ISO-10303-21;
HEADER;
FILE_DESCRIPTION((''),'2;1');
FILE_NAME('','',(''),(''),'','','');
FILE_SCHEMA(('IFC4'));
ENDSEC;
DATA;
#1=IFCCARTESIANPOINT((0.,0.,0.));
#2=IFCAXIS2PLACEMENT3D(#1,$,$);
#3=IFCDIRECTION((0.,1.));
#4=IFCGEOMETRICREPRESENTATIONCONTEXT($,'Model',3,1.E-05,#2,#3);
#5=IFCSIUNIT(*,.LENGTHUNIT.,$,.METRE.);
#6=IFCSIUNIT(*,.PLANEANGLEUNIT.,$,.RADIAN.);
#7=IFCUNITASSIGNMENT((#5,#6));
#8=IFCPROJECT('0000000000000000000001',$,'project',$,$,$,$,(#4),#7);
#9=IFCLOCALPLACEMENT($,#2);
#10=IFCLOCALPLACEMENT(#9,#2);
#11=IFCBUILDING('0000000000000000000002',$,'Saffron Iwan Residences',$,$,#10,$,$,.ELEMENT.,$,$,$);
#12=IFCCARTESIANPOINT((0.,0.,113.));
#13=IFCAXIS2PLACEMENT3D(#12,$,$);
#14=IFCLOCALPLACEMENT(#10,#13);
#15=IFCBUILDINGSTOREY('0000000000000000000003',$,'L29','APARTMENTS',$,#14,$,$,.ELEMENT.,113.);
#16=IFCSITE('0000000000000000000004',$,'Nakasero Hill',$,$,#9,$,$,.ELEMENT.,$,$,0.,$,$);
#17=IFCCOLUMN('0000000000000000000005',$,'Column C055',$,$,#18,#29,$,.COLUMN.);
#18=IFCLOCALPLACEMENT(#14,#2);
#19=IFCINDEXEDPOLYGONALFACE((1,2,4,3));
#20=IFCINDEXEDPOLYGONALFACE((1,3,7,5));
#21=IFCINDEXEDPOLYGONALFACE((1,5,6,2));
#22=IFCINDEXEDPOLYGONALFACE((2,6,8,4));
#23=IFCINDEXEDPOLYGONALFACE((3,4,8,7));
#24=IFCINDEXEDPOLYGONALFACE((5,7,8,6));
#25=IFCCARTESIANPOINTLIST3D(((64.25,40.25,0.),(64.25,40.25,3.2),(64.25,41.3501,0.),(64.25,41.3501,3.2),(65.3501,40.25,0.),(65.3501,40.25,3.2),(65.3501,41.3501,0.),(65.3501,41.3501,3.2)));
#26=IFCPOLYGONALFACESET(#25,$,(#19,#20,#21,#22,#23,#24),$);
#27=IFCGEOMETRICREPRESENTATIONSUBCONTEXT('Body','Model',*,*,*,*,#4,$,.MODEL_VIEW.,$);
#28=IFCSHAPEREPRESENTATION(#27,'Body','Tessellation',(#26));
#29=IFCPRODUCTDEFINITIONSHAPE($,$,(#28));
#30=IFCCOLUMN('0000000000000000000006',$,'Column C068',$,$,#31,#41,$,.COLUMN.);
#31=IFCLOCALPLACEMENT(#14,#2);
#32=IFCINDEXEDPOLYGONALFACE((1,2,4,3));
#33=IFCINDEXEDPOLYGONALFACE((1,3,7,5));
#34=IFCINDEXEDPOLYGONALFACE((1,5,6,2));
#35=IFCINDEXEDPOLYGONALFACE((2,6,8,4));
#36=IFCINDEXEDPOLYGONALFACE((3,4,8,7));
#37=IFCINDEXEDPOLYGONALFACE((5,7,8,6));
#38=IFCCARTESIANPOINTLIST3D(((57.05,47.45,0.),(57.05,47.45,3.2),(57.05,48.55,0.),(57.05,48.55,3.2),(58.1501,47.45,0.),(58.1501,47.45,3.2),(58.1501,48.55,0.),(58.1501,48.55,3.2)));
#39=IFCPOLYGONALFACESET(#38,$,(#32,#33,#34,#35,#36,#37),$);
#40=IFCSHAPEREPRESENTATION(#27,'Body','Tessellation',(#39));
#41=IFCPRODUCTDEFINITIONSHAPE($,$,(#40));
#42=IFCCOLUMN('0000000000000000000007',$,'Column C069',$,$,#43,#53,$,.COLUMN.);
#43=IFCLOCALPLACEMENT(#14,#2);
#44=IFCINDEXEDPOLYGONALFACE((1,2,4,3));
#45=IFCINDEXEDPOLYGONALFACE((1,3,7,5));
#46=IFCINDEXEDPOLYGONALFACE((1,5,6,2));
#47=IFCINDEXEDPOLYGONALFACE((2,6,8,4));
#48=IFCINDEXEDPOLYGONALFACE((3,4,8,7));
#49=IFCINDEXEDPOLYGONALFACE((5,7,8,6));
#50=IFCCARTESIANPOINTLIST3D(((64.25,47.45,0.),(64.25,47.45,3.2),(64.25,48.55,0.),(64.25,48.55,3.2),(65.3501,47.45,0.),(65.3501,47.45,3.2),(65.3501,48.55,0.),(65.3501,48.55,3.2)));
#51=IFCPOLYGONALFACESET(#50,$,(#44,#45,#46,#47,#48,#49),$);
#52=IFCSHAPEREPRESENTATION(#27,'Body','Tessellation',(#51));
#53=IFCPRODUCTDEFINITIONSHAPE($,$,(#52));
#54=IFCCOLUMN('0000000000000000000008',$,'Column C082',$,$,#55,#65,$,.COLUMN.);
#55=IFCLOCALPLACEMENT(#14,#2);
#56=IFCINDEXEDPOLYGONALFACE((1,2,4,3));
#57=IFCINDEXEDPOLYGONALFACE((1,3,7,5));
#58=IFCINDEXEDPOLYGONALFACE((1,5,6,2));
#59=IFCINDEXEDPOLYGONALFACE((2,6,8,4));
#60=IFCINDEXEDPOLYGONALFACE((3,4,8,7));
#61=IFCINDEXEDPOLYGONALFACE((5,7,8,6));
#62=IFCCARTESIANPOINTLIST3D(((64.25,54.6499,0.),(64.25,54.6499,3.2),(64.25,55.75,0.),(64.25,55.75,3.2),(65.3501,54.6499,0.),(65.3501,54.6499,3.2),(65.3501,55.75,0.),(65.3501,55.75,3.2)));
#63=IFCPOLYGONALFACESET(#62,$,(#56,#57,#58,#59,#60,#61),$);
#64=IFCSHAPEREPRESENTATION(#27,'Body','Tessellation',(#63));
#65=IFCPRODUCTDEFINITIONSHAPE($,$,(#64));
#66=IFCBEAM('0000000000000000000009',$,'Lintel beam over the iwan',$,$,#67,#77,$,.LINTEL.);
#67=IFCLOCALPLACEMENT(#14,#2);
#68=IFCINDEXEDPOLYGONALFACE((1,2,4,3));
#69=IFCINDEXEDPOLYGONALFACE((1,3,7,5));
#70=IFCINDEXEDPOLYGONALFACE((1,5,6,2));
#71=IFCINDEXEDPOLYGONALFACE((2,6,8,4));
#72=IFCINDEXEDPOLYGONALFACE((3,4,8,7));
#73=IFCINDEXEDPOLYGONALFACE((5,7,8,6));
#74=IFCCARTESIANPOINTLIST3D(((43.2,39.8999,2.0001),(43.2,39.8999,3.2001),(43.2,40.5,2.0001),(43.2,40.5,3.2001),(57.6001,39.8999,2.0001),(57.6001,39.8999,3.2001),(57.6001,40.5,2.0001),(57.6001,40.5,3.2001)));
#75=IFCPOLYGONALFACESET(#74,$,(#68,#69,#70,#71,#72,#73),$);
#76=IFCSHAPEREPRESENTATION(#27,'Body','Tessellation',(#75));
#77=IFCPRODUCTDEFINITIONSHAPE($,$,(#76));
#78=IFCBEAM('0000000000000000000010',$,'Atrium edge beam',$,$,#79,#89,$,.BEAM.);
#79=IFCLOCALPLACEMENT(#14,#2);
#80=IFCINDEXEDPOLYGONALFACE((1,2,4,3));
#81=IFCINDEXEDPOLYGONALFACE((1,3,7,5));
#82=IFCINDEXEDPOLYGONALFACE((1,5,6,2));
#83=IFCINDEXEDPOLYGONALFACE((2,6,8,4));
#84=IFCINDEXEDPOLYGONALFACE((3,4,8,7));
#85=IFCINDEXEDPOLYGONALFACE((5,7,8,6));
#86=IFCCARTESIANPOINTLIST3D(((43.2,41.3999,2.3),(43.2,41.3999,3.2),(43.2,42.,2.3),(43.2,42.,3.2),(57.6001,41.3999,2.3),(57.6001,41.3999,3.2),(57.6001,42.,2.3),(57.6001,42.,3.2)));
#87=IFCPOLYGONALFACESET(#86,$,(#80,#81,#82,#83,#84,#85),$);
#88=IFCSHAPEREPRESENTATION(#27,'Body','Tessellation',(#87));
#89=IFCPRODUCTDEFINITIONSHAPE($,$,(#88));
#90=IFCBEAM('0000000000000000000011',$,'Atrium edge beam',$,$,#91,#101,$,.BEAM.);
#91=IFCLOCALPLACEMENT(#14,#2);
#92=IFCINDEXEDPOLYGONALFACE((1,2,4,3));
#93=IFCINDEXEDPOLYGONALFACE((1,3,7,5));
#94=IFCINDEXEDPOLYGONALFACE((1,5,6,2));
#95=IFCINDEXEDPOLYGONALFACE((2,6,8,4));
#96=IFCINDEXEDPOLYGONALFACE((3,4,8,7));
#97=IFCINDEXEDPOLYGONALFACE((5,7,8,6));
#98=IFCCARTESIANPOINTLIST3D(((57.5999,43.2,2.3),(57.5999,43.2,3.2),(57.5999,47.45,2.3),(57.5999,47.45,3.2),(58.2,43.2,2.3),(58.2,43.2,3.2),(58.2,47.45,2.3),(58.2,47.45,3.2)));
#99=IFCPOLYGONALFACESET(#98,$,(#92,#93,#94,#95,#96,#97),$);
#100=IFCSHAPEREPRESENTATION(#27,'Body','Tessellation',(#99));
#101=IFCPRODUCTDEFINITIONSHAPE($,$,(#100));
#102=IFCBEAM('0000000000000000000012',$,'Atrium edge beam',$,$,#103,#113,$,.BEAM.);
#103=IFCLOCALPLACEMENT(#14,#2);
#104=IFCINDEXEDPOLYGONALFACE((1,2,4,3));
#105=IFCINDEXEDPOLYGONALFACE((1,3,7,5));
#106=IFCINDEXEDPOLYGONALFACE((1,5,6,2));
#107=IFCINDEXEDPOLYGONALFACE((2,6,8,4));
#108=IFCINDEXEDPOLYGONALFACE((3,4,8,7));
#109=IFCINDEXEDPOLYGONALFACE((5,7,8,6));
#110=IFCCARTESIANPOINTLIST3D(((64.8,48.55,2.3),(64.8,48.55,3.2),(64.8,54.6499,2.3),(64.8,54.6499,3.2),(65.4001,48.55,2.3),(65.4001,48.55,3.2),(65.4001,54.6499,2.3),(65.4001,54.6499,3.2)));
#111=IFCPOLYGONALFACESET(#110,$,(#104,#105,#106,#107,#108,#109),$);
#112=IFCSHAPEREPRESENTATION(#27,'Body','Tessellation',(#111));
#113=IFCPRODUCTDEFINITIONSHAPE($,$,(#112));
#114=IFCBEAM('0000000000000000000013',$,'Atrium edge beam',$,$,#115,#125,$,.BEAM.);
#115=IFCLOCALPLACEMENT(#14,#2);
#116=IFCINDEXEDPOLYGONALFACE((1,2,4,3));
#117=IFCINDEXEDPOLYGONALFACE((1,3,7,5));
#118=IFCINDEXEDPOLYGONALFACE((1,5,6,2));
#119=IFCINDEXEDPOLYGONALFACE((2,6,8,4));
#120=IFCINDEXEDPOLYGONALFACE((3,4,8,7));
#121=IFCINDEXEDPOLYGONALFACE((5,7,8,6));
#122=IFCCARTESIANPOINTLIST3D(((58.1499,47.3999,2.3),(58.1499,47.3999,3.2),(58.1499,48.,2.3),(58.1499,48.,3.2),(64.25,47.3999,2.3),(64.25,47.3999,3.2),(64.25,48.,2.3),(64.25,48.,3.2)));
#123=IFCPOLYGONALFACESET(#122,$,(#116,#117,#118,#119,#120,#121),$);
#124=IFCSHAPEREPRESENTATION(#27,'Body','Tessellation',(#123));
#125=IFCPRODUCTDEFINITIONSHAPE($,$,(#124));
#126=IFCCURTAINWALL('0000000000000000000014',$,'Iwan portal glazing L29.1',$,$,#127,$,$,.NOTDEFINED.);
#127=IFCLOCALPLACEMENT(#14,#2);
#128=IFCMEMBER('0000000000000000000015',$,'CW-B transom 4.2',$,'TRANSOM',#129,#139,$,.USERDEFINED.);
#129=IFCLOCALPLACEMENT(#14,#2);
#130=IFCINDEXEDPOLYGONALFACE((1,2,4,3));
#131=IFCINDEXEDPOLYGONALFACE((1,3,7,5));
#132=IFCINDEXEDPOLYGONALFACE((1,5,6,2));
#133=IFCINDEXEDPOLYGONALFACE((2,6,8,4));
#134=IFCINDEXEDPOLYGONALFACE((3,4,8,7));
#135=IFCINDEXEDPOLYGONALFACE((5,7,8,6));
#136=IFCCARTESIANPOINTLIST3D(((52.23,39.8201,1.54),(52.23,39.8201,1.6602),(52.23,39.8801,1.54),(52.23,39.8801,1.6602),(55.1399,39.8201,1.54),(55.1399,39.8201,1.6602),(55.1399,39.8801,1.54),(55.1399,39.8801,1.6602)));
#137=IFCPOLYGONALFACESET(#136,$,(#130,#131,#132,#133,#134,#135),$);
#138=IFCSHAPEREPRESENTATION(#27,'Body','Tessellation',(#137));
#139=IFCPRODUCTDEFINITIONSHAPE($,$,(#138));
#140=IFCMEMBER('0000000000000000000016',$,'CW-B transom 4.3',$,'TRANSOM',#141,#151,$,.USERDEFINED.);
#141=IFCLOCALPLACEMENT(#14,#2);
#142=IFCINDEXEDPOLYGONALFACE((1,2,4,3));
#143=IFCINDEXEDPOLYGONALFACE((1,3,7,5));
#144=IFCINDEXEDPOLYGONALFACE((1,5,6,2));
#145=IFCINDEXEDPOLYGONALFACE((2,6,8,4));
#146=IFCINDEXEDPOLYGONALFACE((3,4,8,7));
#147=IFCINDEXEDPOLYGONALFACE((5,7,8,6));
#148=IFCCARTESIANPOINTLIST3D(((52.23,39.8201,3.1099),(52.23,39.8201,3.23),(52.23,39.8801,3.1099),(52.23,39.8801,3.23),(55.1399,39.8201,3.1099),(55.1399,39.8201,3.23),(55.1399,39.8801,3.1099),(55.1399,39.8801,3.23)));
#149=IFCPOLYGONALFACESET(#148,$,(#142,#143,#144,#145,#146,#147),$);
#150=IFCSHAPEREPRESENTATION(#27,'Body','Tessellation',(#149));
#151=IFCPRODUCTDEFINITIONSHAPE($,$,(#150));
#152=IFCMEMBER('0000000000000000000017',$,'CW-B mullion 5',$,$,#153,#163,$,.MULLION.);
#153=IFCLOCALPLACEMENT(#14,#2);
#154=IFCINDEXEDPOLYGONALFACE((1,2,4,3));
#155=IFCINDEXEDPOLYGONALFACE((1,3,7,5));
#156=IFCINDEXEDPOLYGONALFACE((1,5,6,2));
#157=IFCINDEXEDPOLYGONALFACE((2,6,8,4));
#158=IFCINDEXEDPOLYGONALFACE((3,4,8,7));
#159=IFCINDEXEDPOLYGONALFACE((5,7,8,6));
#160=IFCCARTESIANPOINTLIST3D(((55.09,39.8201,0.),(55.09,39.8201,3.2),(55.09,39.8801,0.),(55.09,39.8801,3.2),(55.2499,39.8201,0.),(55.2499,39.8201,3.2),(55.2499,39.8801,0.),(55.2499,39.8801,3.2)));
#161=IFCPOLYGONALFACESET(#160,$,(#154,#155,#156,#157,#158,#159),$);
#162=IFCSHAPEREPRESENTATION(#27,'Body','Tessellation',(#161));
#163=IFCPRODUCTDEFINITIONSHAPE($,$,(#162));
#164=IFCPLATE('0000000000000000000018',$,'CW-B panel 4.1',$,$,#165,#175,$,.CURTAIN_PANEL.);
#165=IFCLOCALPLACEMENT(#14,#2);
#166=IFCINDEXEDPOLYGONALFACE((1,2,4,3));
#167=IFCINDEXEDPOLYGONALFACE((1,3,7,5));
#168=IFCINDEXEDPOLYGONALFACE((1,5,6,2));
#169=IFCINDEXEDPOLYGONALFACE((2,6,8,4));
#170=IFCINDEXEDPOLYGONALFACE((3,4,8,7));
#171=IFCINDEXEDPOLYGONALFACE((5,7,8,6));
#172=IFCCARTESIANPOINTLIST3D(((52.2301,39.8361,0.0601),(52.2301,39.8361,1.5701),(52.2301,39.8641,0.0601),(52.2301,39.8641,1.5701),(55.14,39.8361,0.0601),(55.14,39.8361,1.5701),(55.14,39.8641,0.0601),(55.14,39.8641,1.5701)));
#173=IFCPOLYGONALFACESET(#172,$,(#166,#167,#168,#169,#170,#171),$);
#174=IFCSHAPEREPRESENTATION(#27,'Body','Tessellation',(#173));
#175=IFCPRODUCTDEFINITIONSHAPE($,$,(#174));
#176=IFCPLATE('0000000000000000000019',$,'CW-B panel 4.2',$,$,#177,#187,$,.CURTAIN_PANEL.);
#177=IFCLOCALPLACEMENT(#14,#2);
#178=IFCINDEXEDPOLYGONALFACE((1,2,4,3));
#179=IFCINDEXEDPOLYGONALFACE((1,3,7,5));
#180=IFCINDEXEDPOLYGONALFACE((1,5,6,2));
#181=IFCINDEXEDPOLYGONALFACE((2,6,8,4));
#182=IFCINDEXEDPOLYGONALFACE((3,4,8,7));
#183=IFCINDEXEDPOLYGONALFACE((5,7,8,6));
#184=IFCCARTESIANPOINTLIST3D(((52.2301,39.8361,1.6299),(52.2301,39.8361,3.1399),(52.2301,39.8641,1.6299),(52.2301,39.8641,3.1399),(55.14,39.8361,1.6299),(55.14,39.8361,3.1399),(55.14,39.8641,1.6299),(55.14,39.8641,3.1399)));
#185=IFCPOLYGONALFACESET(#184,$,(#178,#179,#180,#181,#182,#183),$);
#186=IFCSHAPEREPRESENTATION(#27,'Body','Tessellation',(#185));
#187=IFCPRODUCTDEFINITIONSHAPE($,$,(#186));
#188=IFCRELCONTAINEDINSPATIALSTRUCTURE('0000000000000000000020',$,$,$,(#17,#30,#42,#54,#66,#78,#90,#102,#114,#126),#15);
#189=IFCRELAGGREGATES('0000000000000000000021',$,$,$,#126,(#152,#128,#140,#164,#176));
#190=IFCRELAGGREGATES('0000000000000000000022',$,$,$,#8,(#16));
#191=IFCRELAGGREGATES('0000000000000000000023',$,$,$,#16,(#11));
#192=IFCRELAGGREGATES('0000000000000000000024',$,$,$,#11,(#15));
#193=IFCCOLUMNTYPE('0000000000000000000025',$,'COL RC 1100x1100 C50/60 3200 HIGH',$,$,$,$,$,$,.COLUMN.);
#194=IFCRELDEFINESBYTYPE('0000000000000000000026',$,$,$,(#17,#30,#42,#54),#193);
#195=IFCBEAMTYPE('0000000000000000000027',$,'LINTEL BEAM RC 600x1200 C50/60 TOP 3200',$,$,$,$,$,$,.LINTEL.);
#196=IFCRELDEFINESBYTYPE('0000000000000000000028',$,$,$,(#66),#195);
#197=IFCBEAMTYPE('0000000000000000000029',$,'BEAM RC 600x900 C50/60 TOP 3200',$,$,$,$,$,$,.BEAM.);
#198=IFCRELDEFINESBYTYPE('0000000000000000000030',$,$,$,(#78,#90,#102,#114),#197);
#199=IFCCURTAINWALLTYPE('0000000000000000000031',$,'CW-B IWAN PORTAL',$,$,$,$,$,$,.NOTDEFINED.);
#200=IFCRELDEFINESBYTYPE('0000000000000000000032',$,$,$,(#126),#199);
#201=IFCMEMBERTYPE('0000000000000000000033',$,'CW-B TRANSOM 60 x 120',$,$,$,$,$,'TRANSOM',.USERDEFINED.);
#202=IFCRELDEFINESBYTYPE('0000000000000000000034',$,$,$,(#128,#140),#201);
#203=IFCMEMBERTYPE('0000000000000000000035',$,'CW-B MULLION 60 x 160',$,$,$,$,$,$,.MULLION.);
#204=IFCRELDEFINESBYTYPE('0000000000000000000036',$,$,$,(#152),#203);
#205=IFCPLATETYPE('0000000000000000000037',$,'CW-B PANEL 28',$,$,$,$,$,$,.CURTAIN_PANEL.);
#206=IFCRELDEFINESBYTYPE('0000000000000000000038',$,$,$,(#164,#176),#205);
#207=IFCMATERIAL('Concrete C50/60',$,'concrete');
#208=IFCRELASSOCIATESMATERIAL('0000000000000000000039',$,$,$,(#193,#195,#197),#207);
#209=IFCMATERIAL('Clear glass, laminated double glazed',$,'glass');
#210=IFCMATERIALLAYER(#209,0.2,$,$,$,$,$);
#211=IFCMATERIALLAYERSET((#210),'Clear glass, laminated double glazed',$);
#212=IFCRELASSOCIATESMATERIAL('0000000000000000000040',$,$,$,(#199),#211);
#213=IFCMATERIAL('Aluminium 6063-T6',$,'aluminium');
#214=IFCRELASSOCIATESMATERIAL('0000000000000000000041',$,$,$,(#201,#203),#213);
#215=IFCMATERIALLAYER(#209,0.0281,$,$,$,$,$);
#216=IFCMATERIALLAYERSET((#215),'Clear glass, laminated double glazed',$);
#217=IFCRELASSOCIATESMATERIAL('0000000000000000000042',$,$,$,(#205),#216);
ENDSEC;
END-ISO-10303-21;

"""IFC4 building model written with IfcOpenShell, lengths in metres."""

from ifc_helpers import new_model, si_unit, direction, frame, origin, origin_2d, place, context, subcontext, project, spatial, rectangle, extrude, source, transform, mapped, material, layer, layer_set, material_profile, profile_set, type_object, element, aggregate, save


model = new_model("IFC4")

# Units and contexts
model_context = context("Model", 3, precision=1e-05, world=origin(), true_north=direction((0.0, 1.0)))
body_context = subcontext(model_context, "Body", "Model", "MODEL_VIEW")
ifc_project = project(units=[si_unit("LENGTHUNIT", "METRE"), si_unit("PLANEANGLEUNIT", "RADIAN")], contexts=[model_context])

# Site, building, storey
site_placement = place(None, origin())
site = spatial("IfcSite", under=ifc_project, at=site_placement, Name="Nakasero Hill", CompositionType="ELEMENT", RefElevation=0.0)
building_placement = place(site_placement, origin())
building = spatial("IfcBuilding", under=site, at=building_placement, Name="Saffron Iwan Residences", CompositionType="ELEMENT")
storey_placement = place(building_placement, frame((0.0, 0.0, 113.0)))
storey = spatial("IfcBuildingStorey", under=building, at=storey_placement, Name="L29", Description="APARTMENTS", CompositionType="ELEMENT", Elevation=113.0)

# Columns
ifc_material_1 = material(Name="Concrete C50/60", Category="concrete")
ifc_material_profile_1 = material_profile(ifc_material_1, rectangle(XDim=1.1001, YDim=1.1001, at=origin_2d()), Name="RC 1100x1100")
ifc_profile_set_1 = profile_set([ifc_material_profile_1], Name="Concrete C50/60")
column_type = type_object("IfcColumnType", Name="COL RC 1100x1100 C50/60 3200 HIGH", PredefinedType="COLUMN", material=ifc_profile_set_1)
shared_shape_1 = source(origin(), body_context, "Body", "SweptSolid", [
    extrude(rectangle(XDim=1.1001, YDim=1.1001, at=origin_2d()), origin(), (0.0, 0.0, 1.0), 3.2),
])
for number, where, z_axis, x_axis, name in (
    (1, (64.8, 40.8, 0.0), (0.0, 0.0, 1.0), (1.0, 0.0, 0.0), "Column C055"),
    (2, (57.6001, 48.0, 0.0), (0.0, 0.0, 1.0), (1.0, 0.0, 0.0), "Column C068"),
    (3, (64.8, 48.0, 0.0), (0.0, 0.0, 1.0), (1.0, 0.0, 0.0), "Column C069"),
    (4, (64.8, 55.2, 0.0), (0.0, 0.0, 1.0), (1.0, 0.0, 0.0), "Column C082"),
):
    element("IfcColumn", number, at=place(storey_placement, frame(where, z_axis=z_axis, x_axis=x_axis)), inside=storey, type_object=column_type, Name=name, PredefinedType="COLUMN", context=body_context, shape_type="MappedRepresentation", body=[
        mapped(shared_shape_1, transform((0.0, 0.0, 0.0))),
    ])

# Beams
ifc_material_profile_2 = material_profile(ifc_material_1, rectangle(XDim=0.6001, YDim=1.2, at=origin_2d()), Name="RC 600x1200")
ifc_profile_set_2 = profile_set([ifc_material_profile_2], Name="Concrete C50/60")
beam_type_1 = type_object("IfcBeamType", Name="LINTEL BEAM RC 600x1200 C50/60 TOP 3200", PredefinedType="LINTEL", material=ifc_profile_set_2)
shared_shape_2 = source(origin(), body_context, "Body", "SweptSolid", [
    extrude(rectangle(XDim=0.6001, YDim=1.2, at=origin_2d()), origin(), (0.0, 0.0, 1.0), 14.4001),
])
beam_1_placement = place(storey_placement, frame((57.6001, 40.2, 2.6001), z_axis=(-1.0, 0.0, 0.0), x_axis=(0.0, -1.0, 0.0)))
element("IfcBeam", 5, at=beam_1_placement, inside=storey, type_object=beam_type_1, Name="Lintel beam over the iwan", PredefinedType="LINTEL", context=body_context, shape_type="MappedRepresentation", body=[
    mapped(shared_shape_2, transform((0.0, 0.0, 0.0))),
])
ifc_material_profile_3 = material_profile(ifc_material_1, rectangle(XDim=0.6001, YDim=0.8999, at=origin_2d()), Name="RC 600x900")
ifc_profile_set_3 = profile_set([ifc_material_profile_3], Name="Concrete C50/60")
beam_type_2 = type_object("IfcBeamType", Name="BEAM RC 600x900 C50/60 TOP 3200", PredefinedType="BEAM", material=ifc_profile_set_3)
shared_shape_3 = source(origin(), body_context, "Body", "SweptSolid", [
    extrude(rectangle(XDim=0.6001, YDim=0.8999, at=origin_2d()), origin(), (0.0, 0.0, 1.0), 14.4001),
])
beam_2_placement = place(storey_placement, frame((57.6001, 41.7, 2.75), z_axis=(-1.0, 0.0, 0.0), x_axis=(0.0, -1.0, 0.0)))
element("IfcBeam", 6, at=beam_2_placement, inside=storey, type_object=beam_type_2, Name="Atrium edge beam", PredefinedType="BEAM", context=body_context, shape_type="MappedRepresentation", body=[
    mapped(shared_shape_3, transform((0.0, 0.0, 0.0))),
])
shared_shape_4 = source(origin(), body_context, "Body", "SweptSolid", [
    extrude(rectangle(XDim=0.6001, YDim=0.8999, at=origin_2d()), origin(), (0.0, 0.0, 1.0), 4.25),
])
beam_3_placement = place(storey_placement, frame((57.8999, 47.45, 2.75), z_axis=(0.0, -1.0, 0.0), x_axis=(1.0, 0.0, 0.0)))
element("IfcBeam", 7, at=beam_3_placement, inside=storey, type_object=beam_type_2, Name="Atrium edge beam", PredefinedType="BEAM", context=body_context, shape_type="MappedRepresentation", body=[
    mapped(shared_shape_4, transform((0.0, 0.0, 0.0))),
])
shared_shape_5 = source(origin(), body_context, "Body", "SweptSolid", [
    extrude(rectangle(XDim=0.6001, YDim=0.8999, at=origin_2d()), origin(), (0.0, 0.0, 1.0), 6.0999),
])
beam_4_placement = place(storey_placement, frame((65.1001, 54.6499, 2.75), z_axis=(0.0, -1.0, 0.0), x_axis=(1.0, 0.0, 0.0)))
element("IfcBeam", 8, at=beam_4_placement, inside=storey, type_object=beam_type_2, Name="Atrium edge beam", PredefinedType="BEAM", context=body_context, shape_type="MappedRepresentation", body=[
    mapped(shared_shape_5, transform((0.0, 0.0, 0.0))),
])
shared_shape_6 = source(origin(), body_context, "Body", "SweptSolid", [
    extrude(rectangle(XDim=0.6001, YDim=0.8999, at=origin_2d()), origin(), (0.0, 0.0, 1.0), 6.1001),
])
beam_5_placement = place(storey_placement, frame((64.25, 47.7, 2.75), z_axis=(-1.0, 0.0, 0.0), x_axis=(0.0, -1.0, 0.0)))
element("IfcBeam", 9, at=beam_5_placement, inside=storey, type_object=beam_type_2, Name="Atrium edge beam", PredefinedType="BEAM", context=body_context, shape_type="MappedRepresentation", body=[
    mapped(shared_shape_6, transform((0.0, 0.0, 0.0))),
])

# Curtain wall, members, plates
ifc_material_2 = material(Name="Clear glass, laminated double glazed", Category="glass")
ifc_layer_1 = layer(ifc_material_2, 0.2)
ifc_layer_set_1 = layer_set([ifc_layer_1], Name="Clear glass, laminated double glazed")
curtain_wall_type = type_object("IfcCurtainWallType", Name="CW-B IWAN PORTAL", PredefinedType="NOTDEFINED", material=ifc_layer_set_1)
curtain_wall_placement = place(storey_placement, origin())
curtain_wall = element("IfcCurtainWall", 10, at=curtain_wall_placement, inside=storey, type_object=curtain_wall_type, Name="Iwan portal glazing L29.1", PredefinedType="NOTDEFINED")
ifc_material_3 = material(Name="Aluminium 6063-T6", Category="aluminium")
ifc_material_profile_4 = material_profile(ifc_material_3, rectangle(XDim=0.0601, YDim=0.1201, at=origin_2d()), Name="CW-B TRANSOM 60 x 120")
ifc_profile_set_4 = profile_set([ifc_material_profile_4], Name="Aluminium 6063-T6")
member_type_1 = type_object("IfcMemberType", Name="CW-B TRANSOM 60 x 120", ElementType="TRANSOM", PredefinedType="USERDEFINED", material=ifc_profile_set_4)
shared_shape_7 = source(origin(), body_context, "Body", "SweptSolid", [
    extrude(rectangle(XDim=0.0601, YDim=0.1201, at=origin_2d()), origin(), (0.0, 0.0, 1.0), 2.9099),
])
member_1_placement = place(storey_placement, frame((52.23, 39.8501, 1.6001), z_axis=(1.0, 0.0, 0.0), x_axis=(0.0, 1.0, 0.0)))
member_1 = element("IfcMember", 11, at=member_1_placement, type_object=member_type_1, Name="CW-B transom 4.2", ObjectType="TRANSOM", PredefinedType="USERDEFINED", context=body_context, shape_type="MappedRepresentation", body=[
    mapped(shared_shape_7, transform((0.0, 0.0, 0.0))),
])
member_2_placement = place(storey_placement, frame((52.23, 39.8501, 3.1699), z_axis=(1.0, 0.0, 0.0), x_axis=(0.0, 1.0, 0.0)))
member_2 = element("IfcMember", 12, at=member_2_placement, type_object=member_type_1, Name="CW-B transom 4.3", ObjectType="TRANSOM", PredefinedType="USERDEFINED", context=body_context, shape_type="MappedRepresentation", body=[
    mapped(shared_shape_7, transform((0.0, 0.0, 0.0))),
])
ifc_material_profile_5 = material_profile(ifc_material_3, rectangle(XDim=0.0601, YDim=0.1599, at=origin_2d()), Name="CW-B MULLION 60 x 160")
ifc_profile_set_5 = profile_set([ifc_material_profile_5], Name="Aluminium 6063-T6")
member_type_2 = type_object("IfcMemberType", Name="CW-B MULLION 60 x 160", PredefinedType="MULLION", material=ifc_profile_set_5)
shared_shape_8 = source(origin(), body_context, "Body", "SweptSolid", [
    extrude(rectangle(XDim=0.0601, YDim=0.1599, at=origin_2d()), origin(), (0.0, 0.0, 1.0), 3.2),
])
member_3_placement = place(storey_placement, frame((55.1699, 39.8501, 0.0), z_axis=(0.0, 0.0, 1.0), x_axis=(0.0, 1.0, 0.0)))
member_3 = element("IfcMember", 13, at=member_3_placement, type_object=member_type_2, Name="CW-B mullion 5", PredefinedType="MULLION", context=body_context, shape_type="MappedRepresentation", body=[
    mapped(shared_shape_8, transform((0.0, 0.0, 0.0))),
])
ifc_layer_2 = layer(ifc_material_2, 0.0281)
ifc_layer_set_2 = layer_set([ifc_layer_2], Name="Clear glass, laminated double glazed")
plate_type = type_object("IfcPlateType", Name="CW-B PANEL 28", PredefinedType="CURTAIN_PANEL", material=ifc_layer_set_2)
shared_shape_9 = source(origin(), body_context, "Body", "SweptSolid", [
    extrude(rectangle(XDim=2.9099, YDim=0.0281, at=origin_2d()), origin(), (0.0, 0.0, 1.0), 1.51),
])
plate_1_placement = place(storey_placement, frame((53.6851, 39.8501, 0.0601), z_axis=(0.0, 0.0, 1.0), x_axis=(1.0, 0.0, 0.0)))
plate_1 = element("IfcPlate", 14, at=plate_1_placement, type_object=plate_type, Name="CW-B panel 4.1", PredefinedType="CURTAIN_PANEL", context=body_context, shape_type="MappedRepresentation", body=[
    mapped(shared_shape_9, transform((0.0, 0.0, 0.0))),
])
plate_2_placement = place(storey_placement, frame((53.6851, 39.8501, 1.6299), z_axis=(0.0, 0.0, 1.0), x_axis=(1.0, 0.0, 0.0)))
plate_2 = element("IfcPlate", 15, at=plate_2_placement, type_object=plate_type, Name="CW-B panel 4.2", PredefinedType="CURTAIN_PANEL", context=body_context, shape_type="MappedRepresentation", body=[
    mapped(shared_shape_9, transform((0.0, 0.0, 0.0))),
])
aggregate(curtain_wall, [member_3, member_1, member_2, plate_1, plate_2])

save(model, "model.ifc")
